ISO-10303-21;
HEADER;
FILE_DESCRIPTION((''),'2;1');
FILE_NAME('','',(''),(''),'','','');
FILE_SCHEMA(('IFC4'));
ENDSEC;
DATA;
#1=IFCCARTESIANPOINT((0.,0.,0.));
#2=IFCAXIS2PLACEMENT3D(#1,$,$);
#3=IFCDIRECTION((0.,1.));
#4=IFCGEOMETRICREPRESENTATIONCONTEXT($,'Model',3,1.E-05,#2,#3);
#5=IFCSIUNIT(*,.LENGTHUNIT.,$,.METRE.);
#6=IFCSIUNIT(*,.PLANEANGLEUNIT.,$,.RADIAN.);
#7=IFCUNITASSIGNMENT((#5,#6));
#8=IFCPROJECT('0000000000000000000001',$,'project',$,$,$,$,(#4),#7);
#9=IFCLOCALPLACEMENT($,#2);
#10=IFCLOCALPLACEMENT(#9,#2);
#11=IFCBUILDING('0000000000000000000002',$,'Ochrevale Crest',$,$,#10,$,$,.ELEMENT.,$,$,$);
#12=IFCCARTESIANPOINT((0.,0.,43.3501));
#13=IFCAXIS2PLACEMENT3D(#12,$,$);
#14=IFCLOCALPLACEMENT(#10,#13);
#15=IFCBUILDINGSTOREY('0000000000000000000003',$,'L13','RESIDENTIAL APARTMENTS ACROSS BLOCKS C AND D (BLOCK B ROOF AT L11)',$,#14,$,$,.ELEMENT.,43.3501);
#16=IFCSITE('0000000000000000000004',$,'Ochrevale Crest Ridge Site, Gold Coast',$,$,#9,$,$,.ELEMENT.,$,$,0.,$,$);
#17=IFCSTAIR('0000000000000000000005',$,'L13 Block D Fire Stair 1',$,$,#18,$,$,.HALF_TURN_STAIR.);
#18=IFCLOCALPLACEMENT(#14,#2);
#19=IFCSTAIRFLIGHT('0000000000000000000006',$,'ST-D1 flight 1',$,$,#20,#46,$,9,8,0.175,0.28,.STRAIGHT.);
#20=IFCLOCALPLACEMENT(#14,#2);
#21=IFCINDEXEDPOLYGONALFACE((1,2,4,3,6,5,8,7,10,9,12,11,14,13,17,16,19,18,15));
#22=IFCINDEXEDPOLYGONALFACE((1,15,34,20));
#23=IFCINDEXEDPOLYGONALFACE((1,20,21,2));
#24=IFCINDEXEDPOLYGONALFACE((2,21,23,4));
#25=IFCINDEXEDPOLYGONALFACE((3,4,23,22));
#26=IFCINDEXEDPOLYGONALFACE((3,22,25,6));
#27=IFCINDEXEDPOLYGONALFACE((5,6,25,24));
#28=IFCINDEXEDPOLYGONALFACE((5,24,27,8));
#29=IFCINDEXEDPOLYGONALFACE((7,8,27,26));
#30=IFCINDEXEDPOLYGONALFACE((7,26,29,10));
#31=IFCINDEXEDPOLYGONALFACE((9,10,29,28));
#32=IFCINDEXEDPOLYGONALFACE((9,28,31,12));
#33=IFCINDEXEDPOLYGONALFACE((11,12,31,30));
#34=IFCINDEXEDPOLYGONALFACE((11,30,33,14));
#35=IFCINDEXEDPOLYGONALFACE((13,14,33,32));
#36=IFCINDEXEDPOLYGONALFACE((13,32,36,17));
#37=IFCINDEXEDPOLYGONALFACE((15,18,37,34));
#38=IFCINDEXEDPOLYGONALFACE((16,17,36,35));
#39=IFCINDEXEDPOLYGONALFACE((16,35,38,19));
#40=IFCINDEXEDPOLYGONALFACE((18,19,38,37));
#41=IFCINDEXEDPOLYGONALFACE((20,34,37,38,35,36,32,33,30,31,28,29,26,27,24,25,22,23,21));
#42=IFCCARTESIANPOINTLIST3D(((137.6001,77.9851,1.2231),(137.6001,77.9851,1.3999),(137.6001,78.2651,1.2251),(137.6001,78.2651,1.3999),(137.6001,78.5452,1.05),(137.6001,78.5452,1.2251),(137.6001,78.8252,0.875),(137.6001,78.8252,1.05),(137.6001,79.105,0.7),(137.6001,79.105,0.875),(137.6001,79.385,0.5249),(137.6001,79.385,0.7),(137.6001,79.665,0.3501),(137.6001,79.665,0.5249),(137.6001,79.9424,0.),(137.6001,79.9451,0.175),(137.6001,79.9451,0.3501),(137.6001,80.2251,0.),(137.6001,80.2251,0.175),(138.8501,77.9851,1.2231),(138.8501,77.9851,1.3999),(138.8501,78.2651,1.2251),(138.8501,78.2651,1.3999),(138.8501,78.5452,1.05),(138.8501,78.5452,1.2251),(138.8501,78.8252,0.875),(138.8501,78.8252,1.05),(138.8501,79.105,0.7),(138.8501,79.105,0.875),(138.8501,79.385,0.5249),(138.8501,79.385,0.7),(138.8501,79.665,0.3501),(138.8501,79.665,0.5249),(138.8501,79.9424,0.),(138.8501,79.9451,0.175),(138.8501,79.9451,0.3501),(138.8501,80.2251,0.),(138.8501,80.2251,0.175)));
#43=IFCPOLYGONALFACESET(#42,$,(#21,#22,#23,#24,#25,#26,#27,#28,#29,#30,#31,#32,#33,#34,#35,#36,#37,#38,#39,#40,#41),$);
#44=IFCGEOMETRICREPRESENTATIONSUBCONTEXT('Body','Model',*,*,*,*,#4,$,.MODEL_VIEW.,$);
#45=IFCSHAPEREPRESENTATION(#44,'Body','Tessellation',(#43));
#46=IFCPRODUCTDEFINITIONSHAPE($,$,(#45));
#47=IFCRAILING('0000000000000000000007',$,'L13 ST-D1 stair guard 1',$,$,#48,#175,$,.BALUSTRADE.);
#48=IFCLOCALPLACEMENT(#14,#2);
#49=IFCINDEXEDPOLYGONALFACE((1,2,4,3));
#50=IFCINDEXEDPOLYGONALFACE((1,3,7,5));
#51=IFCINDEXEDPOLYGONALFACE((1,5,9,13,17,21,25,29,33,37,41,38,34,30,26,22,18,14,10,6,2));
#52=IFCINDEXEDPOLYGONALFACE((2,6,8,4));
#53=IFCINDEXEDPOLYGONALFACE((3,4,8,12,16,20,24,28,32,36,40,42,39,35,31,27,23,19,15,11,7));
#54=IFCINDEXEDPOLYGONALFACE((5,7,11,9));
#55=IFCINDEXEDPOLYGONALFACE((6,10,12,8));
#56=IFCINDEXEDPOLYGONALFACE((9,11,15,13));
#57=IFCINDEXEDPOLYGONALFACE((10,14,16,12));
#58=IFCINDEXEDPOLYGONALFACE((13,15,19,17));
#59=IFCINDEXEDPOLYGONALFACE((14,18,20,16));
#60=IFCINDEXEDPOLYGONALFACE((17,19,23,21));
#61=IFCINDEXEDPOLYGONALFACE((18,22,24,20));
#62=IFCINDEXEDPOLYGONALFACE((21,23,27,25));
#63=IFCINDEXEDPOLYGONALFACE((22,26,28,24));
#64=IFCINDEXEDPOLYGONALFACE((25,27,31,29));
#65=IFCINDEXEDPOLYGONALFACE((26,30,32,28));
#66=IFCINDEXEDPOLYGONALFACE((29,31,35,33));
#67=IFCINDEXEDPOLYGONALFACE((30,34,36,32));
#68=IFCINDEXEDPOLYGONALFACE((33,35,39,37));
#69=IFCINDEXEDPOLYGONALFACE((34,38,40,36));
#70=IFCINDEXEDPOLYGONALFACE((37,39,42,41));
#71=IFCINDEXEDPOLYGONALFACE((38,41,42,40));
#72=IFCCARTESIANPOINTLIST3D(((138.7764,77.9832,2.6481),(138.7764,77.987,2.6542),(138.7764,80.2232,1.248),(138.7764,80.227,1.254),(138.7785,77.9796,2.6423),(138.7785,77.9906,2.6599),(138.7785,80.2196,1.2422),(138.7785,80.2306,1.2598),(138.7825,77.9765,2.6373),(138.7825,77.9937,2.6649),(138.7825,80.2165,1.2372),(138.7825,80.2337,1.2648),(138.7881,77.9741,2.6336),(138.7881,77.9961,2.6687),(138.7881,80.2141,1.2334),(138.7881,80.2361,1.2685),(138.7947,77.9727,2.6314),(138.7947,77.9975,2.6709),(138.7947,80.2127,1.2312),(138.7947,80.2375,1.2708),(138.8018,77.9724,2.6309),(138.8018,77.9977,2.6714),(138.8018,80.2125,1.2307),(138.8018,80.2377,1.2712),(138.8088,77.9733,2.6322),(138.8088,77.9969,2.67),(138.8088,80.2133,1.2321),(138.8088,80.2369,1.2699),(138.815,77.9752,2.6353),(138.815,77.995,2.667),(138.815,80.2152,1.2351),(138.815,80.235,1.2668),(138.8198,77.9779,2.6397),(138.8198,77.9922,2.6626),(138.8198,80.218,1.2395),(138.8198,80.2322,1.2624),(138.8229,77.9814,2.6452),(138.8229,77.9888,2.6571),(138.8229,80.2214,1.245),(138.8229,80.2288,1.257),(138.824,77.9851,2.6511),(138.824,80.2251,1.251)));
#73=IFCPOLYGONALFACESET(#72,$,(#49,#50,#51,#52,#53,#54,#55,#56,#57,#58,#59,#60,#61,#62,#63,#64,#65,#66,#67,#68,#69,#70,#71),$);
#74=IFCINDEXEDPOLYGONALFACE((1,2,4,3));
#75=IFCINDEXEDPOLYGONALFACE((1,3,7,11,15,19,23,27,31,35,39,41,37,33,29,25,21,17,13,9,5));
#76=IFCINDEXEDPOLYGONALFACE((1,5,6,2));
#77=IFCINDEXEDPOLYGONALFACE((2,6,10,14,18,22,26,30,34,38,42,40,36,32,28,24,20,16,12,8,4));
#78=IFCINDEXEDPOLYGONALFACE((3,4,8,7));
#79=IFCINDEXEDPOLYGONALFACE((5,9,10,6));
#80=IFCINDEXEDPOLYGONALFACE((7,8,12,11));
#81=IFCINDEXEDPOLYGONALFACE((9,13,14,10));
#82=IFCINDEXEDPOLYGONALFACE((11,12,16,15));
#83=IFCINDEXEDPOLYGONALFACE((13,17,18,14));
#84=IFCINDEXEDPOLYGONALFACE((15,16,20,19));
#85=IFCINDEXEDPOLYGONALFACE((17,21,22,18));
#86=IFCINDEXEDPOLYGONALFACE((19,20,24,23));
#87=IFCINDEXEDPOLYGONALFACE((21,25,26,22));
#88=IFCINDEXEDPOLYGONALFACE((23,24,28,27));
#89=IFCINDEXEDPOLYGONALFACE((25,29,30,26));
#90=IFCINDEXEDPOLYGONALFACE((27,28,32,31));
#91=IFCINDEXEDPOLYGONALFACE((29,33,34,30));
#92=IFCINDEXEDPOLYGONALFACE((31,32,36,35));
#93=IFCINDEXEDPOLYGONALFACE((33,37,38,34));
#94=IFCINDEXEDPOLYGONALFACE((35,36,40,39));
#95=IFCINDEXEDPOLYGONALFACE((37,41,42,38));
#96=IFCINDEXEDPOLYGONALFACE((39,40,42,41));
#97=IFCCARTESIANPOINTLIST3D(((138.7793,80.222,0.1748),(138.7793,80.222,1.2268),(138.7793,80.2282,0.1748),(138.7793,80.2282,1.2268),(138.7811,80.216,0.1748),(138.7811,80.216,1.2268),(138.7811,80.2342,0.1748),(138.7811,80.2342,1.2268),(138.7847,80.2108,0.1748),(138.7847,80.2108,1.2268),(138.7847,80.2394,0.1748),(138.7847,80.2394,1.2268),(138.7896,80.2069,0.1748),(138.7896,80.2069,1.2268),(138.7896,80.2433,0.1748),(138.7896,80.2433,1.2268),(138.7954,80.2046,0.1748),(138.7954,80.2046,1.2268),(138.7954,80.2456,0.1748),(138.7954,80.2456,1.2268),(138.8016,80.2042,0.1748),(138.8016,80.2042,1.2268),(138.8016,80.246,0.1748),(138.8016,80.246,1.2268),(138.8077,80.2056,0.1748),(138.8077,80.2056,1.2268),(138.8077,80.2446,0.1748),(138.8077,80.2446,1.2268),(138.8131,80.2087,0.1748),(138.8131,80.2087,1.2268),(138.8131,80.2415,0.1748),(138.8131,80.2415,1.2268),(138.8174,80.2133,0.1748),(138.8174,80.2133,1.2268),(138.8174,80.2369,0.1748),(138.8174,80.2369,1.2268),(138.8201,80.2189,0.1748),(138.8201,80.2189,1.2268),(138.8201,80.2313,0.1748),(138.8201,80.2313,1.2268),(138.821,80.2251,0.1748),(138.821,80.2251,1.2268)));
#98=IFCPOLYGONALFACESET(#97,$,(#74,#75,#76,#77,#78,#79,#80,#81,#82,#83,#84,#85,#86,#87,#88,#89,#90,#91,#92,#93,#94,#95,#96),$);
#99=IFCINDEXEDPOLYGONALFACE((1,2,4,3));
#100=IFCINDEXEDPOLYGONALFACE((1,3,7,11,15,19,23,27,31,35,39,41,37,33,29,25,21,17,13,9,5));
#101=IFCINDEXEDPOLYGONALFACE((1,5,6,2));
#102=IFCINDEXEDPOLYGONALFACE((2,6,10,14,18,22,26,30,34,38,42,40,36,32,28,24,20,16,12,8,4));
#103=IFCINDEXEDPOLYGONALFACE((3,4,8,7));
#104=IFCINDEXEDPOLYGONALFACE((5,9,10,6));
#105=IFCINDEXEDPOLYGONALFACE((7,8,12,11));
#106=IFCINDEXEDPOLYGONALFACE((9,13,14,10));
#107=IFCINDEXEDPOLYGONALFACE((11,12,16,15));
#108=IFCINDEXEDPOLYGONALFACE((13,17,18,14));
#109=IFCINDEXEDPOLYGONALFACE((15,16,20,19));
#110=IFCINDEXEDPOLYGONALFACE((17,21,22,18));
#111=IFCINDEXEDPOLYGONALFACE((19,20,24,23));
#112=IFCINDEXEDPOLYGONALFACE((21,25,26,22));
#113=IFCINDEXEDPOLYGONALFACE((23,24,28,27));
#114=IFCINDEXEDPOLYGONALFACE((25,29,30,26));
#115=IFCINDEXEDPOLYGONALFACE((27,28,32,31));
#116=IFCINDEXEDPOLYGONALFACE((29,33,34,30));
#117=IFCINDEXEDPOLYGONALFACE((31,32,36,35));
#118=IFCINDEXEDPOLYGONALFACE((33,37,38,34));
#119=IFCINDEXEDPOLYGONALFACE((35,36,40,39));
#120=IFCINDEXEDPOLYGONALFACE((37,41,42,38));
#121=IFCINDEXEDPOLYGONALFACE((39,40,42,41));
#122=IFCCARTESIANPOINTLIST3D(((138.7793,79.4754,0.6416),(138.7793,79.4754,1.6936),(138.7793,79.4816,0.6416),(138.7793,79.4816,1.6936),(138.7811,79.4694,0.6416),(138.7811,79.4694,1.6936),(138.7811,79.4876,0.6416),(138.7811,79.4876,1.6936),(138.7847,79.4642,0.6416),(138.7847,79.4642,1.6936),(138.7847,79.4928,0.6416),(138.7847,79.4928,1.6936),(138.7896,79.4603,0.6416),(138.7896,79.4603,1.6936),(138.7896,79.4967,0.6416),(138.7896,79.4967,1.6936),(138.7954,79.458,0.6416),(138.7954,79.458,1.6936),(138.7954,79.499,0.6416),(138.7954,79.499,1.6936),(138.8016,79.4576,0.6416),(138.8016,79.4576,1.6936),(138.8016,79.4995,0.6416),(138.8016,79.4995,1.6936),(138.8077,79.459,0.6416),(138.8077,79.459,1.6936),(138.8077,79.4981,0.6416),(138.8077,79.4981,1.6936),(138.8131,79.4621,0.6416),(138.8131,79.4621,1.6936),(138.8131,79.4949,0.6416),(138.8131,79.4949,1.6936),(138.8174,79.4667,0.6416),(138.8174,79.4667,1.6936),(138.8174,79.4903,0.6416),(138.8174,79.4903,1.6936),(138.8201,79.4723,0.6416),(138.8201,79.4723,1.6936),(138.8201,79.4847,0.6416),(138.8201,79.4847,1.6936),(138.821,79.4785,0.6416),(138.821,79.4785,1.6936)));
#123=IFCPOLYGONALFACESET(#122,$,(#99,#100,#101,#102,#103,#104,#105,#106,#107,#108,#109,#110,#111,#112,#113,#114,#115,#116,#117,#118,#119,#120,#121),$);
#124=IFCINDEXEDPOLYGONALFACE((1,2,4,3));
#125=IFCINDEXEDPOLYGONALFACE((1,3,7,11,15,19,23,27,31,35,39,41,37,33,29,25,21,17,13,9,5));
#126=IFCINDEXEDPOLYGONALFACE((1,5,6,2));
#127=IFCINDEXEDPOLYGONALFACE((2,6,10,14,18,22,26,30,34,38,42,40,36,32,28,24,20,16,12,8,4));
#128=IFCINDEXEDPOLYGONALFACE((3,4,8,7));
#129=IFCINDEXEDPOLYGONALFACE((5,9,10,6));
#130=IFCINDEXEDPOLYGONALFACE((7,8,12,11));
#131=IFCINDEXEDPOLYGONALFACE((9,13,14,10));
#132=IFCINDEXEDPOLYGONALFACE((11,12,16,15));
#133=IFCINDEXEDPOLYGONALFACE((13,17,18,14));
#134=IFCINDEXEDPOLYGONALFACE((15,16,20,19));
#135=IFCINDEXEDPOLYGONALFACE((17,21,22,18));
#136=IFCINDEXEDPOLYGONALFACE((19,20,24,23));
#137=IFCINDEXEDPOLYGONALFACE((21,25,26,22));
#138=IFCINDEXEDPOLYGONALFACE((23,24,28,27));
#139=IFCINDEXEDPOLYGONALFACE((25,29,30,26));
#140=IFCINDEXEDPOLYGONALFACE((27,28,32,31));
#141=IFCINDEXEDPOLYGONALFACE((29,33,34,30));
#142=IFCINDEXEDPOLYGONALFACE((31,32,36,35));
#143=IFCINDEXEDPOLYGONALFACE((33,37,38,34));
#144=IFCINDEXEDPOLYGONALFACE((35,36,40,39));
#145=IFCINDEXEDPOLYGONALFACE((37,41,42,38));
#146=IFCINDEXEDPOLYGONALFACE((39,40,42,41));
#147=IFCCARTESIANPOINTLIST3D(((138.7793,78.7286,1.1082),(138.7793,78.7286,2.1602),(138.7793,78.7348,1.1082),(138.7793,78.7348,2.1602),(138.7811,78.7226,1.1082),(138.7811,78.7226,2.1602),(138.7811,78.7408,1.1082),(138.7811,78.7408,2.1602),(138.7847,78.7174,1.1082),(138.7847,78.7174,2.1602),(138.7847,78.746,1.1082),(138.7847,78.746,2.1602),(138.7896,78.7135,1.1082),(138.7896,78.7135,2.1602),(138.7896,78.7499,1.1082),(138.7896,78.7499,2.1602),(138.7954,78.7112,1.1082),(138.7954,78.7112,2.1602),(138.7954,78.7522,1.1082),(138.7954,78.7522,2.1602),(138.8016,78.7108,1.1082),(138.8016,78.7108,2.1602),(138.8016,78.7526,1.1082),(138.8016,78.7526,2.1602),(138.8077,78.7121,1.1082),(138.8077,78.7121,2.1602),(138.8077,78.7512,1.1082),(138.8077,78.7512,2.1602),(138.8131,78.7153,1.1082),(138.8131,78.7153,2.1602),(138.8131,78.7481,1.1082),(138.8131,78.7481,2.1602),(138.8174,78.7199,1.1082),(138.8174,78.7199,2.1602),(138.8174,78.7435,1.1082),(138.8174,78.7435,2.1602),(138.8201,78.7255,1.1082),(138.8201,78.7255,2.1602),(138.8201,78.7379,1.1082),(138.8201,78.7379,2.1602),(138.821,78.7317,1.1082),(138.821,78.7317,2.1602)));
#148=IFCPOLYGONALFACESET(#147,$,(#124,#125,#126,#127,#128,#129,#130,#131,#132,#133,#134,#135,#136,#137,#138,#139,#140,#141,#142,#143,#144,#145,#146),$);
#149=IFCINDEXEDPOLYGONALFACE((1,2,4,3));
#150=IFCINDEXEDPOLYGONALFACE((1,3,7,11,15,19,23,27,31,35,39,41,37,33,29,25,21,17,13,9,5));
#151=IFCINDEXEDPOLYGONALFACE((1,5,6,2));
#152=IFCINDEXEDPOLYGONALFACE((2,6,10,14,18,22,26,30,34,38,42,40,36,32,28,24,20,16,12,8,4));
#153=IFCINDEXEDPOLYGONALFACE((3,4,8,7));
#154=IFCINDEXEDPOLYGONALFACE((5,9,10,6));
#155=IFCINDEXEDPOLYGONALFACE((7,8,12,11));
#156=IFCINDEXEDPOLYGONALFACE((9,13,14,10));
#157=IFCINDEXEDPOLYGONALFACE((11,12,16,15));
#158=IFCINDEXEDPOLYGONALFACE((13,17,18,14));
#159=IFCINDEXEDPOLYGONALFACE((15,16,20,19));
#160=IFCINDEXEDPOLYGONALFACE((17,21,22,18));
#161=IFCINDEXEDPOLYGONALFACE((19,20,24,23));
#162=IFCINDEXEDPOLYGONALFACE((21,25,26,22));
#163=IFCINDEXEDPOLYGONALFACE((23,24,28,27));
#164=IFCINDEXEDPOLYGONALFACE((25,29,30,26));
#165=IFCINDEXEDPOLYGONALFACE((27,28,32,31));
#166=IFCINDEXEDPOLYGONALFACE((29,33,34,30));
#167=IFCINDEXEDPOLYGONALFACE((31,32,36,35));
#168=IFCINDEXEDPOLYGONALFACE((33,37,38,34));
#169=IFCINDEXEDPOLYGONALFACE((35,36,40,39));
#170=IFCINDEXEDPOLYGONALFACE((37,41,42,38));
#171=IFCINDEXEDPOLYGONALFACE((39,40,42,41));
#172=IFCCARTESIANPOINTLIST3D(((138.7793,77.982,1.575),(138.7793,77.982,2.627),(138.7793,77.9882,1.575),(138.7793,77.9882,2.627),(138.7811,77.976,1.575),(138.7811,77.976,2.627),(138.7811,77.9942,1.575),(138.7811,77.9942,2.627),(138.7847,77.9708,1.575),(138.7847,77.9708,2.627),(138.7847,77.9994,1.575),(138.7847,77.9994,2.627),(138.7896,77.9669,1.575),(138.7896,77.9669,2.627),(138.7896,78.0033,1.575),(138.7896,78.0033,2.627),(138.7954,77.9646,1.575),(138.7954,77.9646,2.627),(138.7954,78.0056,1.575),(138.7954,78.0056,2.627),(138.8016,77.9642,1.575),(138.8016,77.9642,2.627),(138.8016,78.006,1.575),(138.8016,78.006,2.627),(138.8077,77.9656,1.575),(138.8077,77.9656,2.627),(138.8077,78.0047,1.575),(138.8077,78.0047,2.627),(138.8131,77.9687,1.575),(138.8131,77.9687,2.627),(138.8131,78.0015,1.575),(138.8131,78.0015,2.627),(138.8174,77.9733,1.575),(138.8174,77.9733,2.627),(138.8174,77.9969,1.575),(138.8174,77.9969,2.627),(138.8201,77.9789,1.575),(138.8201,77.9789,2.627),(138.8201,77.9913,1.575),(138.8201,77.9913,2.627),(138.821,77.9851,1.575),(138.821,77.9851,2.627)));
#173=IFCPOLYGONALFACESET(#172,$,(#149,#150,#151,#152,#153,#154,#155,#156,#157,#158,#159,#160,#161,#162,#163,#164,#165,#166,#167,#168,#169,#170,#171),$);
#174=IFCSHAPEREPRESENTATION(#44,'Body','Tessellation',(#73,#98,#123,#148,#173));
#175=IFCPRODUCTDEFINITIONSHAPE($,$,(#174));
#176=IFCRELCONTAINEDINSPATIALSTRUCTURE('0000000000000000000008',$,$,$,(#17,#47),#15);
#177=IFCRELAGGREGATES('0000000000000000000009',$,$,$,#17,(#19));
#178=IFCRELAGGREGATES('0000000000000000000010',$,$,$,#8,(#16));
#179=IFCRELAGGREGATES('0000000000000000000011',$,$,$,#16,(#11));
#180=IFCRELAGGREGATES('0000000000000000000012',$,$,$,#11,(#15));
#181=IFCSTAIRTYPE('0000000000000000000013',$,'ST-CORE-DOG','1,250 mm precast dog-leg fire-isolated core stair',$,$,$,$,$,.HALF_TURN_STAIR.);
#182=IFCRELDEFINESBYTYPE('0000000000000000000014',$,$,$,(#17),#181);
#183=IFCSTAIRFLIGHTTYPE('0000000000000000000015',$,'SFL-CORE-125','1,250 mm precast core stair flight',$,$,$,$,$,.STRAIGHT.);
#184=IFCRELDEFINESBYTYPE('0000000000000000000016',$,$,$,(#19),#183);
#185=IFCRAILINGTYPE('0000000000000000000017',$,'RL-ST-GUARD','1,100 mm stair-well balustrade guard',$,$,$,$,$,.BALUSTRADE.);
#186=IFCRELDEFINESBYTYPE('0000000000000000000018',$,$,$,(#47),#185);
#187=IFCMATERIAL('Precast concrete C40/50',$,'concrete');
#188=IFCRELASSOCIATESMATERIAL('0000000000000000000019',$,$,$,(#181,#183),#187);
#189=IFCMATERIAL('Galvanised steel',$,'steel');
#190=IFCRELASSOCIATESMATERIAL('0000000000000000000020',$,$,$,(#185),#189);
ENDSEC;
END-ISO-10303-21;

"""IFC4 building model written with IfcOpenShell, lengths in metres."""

from ifc_helpers import new_model, si_unit, direction, frame, origin, origin_2d, place, context, subcontext, project, spatial, polyline, circle, outline, extrude, material, type_object, element, aggregate, save


model = new_model("IFC4")

# Units and contexts
model_context = context("Model", 3, precision=1e-05, world=origin(), true_north=direction((0.0, 1.0)))
body_context = subcontext(model_context, "Body", "Model", "MODEL_VIEW")
ifc_project = project(units=[si_unit("LENGTHUNIT", "METRE"), si_unit("PLANEANGLEUNIT", "RADIAN")], contexts=[model_context])

# Site, building, storey
site_placement = place(None, origin())
site = spatial("IfcSite", under=ifc_project, at=site_placement, Name="Ochrevale Crest Ridge Site, Gold Coast", CompositionType="ELEMENT", RefElevation=0.0)
building_placement = place(site_placement, origin())
building = spatial("IfcBuilding", under=site, at=building_placement, Name="Ochrevale Crest", CompositionType="ELEMENT")
storey_placement = place(building_placement, frame((0.0, 0.0, 43.3501)))
storey = spatial("IfcBuildingStorey", under=building, at=storey_placement, Name="L13", Description="RESIDENTIAL APARTMENTS ACROSS BLOCKS C AND D (BLOCK B ROOF AT L11)", CompositionType="ELEMENT", Elevation=43.3501)

# Shared definitions
ifc_material_1 = material(Name="Precast concrete C40/50", Category="concrete")

# Stair, stair flight
stair_type = type_object("IfcStairType", Name="ST-CORE-DOG", Description="1,250 mm precast dog-leg fire-isolated core stair", PredefinedType="HALF_TURN_STAIR", material=ifc_material_1)
stair_placement = place(storey_placement, origin())
stair = element("IfcStair", 1, at=stair_placement, inside=storey, type_object=stair_type, Name="L13 Block D Fire Stair 1", PredefinedType="HALF_TURN_STAIR")
stair_flight_type = type_object("IfcStairFlightType", Name="SFL-CORE-125", Description="1,250 mm precast core stair flight", PredefinedType="STRAIGHT", material=ifc_material_1)
stair_flight_placement = place(storey_placement, frame((138.2251, 80.2251, 0.0), z_axis=(0.0, 0.0, 1.0), x_axis=(0.0, -1.0, 0.0)))
stair_flight = element("IfcStairFlight", 2, at=stair_flight_placement, type_object=stair_flight_type, Name="ST-D1 flight 1", NumberOfRisers=9, NumberOfTreads=8, PredefinedType="STRAIGHT", RiserHeight=0.175, TreadLength=0.28, context=body_context, shape_type="SweptSolid", body=[
    extrude(outline(polyline([(0.0, 0.0), (0.0, 0.175), (0.28, 0.175), (0.28, 0.3501), (0.5601, 0.3501), (0.5601, 0.5249), (0.8401, 0.5249), (0.8401, 0.7), (1.1201, 0.7), (1.1201, 0.875), (1.3999, 0.875), (1.3999, 1.05), (1.6799, 1.05), (1.6799, 1.2251), (1.96, 1.2251), (1.96, 1.3999), (2.24, 1.3999), (2.24, 1.575), (2.24, 1.2231), (0.2827, 0.0), (0.0, 0.0)])), frame((0.0, 0.625, 0.0), z_axis=(0.0, -1.0, 0.0), x_axis=(1.0, 0.0, 0.0)), (0.0, 0.0, 1.0), 1.25),
])
aggregate(stair, [stair_flight])

# Railing
ifc_material_2 = material(Name="Galvanised steel", Category="steel")
railing_type_1 = type_object("IfcRailingType", Name="RL-ST-GUARD", Description="1,100 mm stair-well balustrade guard", PredefinedType="BALUSTRADE", material=ifc_material_2)
railing_1_placement = place(storey_placement, frame((138.8, 80.2251, 0.1748)))
element("IfcRailing", 3, at=railing_1_placement, inside=storey, type_object=railing_type_1, Name="L13 ST-D1 stair guard 1", PredefinedType="BALUSTRADE", context=body_context, shape_type="SweptSolid", body=[
    extrude(circle(Radius=0.0239, at=origin_2d()), frame((0.0, 0.0, 1.0762), z_axis=(0.0, -0.847972, 0.53004), x_axis=(1.0, 0.0, 0.0)), (0.0, 0.0, 1.0), 2.6416),
    extrude(circle(Radius=0.021, at=origin_2d()), origin(), (0.0, 0.0, 1.0), 1.052),
    extrude(circle(Radius=0.021, at=origin_2d()), frame((0.0, -0.7466, 0.4668)), (0.0, 0.0, 1.0), 1.052),
    extrude(circle(Radius=0.021, at=origin_2d()), frame((0.0, -1.4934, 0.9333)), (0.0, 0.0, 1.0), 1.052),
    extrude(circle(Radius=0.021, at=origin_2d()), frame((0.0, -2.24, 1.4001)), (0.0, 0.0, 1.0), 1.052),
])

save(model, "model.ifc")
